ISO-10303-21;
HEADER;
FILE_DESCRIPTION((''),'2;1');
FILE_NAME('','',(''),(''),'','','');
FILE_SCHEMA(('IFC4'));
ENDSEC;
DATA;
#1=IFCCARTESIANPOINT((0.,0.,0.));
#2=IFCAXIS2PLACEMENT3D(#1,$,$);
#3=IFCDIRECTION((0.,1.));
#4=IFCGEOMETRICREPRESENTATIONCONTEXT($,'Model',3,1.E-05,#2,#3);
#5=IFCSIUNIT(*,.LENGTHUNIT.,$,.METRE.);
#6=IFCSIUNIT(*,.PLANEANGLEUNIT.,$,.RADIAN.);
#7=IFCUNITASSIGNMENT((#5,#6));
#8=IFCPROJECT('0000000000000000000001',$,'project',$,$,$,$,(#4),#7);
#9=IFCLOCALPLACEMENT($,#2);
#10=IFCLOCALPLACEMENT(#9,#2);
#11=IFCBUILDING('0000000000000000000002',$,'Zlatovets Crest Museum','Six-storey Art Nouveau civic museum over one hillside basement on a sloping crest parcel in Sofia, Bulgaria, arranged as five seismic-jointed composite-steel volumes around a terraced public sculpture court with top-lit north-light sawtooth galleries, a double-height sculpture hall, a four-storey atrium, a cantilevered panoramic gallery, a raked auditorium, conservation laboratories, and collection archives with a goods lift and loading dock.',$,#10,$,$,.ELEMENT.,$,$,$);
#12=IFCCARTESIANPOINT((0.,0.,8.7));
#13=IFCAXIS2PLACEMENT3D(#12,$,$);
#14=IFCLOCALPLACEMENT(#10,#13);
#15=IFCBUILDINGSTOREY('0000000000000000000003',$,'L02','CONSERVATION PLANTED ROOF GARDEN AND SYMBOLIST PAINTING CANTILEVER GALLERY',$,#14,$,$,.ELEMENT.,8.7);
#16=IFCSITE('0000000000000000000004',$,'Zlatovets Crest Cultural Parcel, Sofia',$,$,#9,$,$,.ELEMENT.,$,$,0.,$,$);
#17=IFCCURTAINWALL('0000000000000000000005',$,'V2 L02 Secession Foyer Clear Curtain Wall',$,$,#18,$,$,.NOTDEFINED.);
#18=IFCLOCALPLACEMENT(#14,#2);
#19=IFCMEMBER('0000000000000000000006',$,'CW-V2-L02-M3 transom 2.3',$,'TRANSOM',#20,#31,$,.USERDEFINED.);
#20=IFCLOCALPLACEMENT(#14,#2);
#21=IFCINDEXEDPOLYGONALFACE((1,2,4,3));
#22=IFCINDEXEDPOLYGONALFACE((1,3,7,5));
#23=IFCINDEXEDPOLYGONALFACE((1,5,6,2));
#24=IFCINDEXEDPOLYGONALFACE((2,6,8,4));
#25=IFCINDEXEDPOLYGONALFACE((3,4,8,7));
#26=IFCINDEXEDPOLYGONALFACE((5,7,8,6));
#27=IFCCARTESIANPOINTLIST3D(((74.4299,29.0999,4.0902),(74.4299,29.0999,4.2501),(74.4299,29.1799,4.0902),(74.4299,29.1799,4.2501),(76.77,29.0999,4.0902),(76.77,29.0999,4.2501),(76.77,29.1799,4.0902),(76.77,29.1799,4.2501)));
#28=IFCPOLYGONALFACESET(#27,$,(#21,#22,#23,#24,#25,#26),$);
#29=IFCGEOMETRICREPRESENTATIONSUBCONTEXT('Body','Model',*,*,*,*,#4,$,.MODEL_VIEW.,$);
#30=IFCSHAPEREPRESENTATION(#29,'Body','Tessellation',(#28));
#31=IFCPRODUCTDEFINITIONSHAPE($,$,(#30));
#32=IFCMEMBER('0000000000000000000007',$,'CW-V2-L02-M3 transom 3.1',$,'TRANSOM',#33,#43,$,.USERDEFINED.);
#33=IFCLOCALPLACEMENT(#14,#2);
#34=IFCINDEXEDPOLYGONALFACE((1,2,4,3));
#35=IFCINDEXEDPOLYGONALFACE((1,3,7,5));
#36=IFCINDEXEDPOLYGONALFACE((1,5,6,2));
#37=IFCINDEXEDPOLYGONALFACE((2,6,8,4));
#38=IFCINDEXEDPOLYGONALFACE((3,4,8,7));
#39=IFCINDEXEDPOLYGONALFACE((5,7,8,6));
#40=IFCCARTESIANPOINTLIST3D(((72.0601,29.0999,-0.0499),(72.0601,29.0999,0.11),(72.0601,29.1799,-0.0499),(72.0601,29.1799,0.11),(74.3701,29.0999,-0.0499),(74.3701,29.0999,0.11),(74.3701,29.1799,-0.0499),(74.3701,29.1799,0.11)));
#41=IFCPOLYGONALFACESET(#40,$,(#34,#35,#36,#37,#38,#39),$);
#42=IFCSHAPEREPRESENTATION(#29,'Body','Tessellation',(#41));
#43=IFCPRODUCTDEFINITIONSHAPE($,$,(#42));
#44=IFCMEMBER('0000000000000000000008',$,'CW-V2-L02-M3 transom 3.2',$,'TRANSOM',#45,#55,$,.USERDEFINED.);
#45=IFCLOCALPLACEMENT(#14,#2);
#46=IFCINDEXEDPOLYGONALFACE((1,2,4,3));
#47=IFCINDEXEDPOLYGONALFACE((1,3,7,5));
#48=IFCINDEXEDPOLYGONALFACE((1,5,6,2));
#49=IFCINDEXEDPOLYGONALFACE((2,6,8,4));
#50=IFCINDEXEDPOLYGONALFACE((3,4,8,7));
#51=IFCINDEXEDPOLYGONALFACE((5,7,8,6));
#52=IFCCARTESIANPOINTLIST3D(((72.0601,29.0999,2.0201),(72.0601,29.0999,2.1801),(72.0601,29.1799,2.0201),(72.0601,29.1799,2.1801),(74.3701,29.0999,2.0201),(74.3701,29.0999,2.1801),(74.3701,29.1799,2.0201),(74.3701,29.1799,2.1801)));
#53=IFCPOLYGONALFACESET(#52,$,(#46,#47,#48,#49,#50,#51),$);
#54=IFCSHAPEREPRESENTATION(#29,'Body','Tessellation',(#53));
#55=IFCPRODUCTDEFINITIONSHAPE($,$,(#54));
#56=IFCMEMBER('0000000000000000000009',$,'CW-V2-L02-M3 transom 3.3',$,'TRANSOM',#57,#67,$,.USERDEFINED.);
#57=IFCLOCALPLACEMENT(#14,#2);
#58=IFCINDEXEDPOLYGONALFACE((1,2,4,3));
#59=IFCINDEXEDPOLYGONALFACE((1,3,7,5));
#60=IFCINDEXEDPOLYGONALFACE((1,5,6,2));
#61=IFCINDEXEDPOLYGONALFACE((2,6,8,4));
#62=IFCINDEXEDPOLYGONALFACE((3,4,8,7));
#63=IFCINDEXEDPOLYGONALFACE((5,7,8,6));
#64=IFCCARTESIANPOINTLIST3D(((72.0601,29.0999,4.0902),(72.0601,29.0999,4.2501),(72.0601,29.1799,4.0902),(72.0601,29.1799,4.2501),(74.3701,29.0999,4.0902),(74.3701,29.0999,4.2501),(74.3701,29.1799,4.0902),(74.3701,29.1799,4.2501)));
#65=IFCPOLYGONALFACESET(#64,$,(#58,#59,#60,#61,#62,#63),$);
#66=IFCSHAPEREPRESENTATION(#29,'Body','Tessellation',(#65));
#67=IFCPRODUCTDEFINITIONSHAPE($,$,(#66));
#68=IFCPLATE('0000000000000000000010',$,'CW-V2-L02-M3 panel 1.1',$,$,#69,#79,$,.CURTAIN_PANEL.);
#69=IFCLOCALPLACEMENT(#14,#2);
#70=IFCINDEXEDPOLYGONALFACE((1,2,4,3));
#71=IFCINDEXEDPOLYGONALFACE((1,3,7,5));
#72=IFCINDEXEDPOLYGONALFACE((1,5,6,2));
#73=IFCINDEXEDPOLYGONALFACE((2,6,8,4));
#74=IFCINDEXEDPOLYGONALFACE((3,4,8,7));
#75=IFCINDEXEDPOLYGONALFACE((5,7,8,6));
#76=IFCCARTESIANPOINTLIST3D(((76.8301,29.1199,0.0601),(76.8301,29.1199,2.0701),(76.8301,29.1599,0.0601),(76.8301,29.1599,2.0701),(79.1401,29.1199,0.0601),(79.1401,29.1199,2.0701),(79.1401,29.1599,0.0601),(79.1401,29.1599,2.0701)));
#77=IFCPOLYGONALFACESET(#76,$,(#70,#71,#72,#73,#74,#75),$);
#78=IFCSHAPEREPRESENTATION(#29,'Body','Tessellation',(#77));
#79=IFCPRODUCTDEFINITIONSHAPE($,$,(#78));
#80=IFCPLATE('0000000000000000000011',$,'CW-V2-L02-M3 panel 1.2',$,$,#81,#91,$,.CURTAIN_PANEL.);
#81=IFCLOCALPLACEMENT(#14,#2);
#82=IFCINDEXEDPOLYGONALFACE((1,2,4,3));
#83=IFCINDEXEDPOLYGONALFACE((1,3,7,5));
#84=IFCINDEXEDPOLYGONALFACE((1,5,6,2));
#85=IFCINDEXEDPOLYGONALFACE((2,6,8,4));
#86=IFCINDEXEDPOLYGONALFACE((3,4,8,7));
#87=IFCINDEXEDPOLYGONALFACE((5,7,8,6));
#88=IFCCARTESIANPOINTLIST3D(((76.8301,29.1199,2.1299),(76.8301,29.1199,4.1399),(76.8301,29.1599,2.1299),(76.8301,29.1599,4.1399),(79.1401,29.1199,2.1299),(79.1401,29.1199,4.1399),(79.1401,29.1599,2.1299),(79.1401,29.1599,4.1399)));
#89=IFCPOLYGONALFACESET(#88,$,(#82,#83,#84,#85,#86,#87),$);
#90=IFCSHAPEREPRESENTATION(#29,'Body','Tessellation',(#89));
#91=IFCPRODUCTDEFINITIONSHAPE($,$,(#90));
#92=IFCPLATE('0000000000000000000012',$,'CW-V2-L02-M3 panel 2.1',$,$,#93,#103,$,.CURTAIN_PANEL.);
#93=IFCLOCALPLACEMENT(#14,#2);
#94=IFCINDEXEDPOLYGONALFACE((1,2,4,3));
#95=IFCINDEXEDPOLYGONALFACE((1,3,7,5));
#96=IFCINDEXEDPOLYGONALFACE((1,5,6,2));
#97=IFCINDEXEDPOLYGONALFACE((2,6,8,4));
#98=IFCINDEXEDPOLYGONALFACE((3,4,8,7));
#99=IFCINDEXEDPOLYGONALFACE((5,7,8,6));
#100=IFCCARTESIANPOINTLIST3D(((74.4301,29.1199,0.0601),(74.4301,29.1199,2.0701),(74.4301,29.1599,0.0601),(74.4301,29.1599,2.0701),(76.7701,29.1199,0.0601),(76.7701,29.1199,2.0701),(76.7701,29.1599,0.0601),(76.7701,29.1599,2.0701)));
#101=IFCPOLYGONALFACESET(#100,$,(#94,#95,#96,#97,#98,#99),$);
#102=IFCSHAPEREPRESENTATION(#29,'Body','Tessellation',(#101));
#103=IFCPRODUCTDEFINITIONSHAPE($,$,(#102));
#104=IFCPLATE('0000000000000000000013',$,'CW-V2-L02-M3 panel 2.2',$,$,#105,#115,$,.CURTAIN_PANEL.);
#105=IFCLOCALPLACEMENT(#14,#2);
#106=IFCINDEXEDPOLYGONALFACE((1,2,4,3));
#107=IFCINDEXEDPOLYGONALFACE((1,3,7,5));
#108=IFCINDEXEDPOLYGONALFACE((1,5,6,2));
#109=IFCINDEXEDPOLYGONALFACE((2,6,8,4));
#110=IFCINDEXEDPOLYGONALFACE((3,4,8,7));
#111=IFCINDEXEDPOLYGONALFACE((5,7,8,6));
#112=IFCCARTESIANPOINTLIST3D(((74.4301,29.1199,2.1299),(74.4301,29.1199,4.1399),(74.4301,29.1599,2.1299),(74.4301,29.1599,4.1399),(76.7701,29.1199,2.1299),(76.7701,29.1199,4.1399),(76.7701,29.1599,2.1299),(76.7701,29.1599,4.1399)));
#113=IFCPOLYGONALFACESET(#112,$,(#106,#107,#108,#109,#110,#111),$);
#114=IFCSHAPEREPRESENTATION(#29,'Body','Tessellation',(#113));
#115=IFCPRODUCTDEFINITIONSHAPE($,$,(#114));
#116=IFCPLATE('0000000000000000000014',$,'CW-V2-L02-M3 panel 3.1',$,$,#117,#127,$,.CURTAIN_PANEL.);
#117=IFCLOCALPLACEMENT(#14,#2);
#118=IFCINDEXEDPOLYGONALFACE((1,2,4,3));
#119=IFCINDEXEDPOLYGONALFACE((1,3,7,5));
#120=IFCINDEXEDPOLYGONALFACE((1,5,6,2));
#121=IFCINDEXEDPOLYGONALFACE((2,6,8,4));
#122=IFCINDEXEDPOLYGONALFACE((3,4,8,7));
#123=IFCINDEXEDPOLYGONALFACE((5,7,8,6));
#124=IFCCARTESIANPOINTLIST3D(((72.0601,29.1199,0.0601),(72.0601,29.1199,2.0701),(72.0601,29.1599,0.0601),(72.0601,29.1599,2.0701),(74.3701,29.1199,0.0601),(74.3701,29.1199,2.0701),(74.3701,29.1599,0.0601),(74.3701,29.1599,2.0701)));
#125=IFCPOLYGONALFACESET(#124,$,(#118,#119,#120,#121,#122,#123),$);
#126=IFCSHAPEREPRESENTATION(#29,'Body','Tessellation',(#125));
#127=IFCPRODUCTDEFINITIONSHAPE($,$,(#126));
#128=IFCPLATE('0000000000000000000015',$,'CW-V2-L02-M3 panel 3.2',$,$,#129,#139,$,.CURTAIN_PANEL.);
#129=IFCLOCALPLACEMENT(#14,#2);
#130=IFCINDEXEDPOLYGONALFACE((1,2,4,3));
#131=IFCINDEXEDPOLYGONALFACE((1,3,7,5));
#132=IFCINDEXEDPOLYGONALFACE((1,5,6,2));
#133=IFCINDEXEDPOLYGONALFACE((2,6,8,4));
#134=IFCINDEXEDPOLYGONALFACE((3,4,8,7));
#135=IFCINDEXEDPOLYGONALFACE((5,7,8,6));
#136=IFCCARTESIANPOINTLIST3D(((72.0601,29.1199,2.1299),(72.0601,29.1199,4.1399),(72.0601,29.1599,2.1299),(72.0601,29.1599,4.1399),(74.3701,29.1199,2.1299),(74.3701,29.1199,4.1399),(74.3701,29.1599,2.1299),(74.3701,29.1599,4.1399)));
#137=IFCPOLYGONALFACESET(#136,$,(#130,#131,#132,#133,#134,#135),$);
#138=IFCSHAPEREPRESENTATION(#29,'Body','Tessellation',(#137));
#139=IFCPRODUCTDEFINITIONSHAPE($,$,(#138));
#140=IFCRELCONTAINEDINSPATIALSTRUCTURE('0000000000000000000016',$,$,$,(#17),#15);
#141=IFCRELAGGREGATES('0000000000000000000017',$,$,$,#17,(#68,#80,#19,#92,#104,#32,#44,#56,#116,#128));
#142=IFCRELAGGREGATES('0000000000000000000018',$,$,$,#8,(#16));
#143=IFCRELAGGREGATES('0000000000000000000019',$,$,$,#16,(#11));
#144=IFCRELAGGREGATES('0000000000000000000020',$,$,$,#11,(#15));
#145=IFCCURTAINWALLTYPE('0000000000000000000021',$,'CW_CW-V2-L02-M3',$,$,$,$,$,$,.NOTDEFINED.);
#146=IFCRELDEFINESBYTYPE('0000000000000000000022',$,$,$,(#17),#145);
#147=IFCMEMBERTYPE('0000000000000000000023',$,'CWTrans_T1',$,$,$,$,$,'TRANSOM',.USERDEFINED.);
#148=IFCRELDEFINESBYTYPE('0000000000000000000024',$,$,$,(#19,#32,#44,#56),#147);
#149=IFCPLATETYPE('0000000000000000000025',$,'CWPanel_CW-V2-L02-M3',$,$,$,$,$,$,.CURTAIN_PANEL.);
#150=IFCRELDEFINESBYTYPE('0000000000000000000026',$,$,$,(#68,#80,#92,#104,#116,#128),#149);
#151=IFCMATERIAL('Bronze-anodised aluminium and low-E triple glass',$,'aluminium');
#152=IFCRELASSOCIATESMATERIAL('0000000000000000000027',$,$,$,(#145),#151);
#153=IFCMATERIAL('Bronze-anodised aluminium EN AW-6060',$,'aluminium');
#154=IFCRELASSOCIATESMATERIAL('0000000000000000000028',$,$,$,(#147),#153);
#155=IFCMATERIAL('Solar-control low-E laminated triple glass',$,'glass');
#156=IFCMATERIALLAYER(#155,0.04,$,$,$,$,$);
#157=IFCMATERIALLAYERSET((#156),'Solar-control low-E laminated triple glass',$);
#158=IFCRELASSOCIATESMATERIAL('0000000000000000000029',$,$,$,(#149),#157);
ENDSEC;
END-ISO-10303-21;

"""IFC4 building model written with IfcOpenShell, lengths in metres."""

from ifc_helpers import new_model, si_unit, direction, frame, origin, origin_2d, place, context, subcontext, project, spatial, rectangle, extrude, material, layer, layer_set, material_profile, profile_set, type_object, element, aggregate, save


model = new_model("IFC4")

# Units and contexts
model_context = context("Model", 3, precision=1e-05, world=origin(), true_north=direction((0.0, 1.0)))
body_context = subcontext(model_context, "Body", "Model", "MODEL_VIEW")
ifc_project = project(units=[si_unit("LENGTHUNIT", "METRE"), si_unit("PLANEANGLEUNIT", "RADIAN")], contexts=[model_context])

# Site, building, storey
site_placement = place(None, origin())
site = spatial("IfcSite", under=ifc_project, at=site_placement, Name="Zlatovets Crest Cultural Parcel, Sofia", CompositionType="ELEMENT", RefElevation=0.0)
building_placement = place(site_placement, origin())
building = spatial("IfcBuilding", under=site, at=building_placement, Name="Zlatovets Crest Museum", Description="Six-storey Art Nouveau civic museum over one hillside basement on a sloping crest parcel in Sofia, Bulgaria, arranged as five seismic-jointed composite-steel volumes around a terraced public sculpture court with top-lit north-light sawtooth galleries, a double-height sculpture hall, a four-storey atrium, a cantilevered panoramic gallery, a raked auditorium, conservation laboratories, and collection archives with a goods lift and loading dock.", CompositionType="ELEMENT")
storey_placement = place(building_placement, frame((0.0, 0.0, 8.7)))
storey = spatial("IfcBuildingStorey", under=building, at=storey_placement, Name="L02", Description="CONSERVATION PLANTED ROOF GARDEN AND SYMBOLIST PAINTING CANTILEVER GALLERY", CompositionType="ELEMENT", Elevation=8.7)

# Curtain wall, members, plates
ifc_material_1 = material(Name="Bronze-anodised aluminium and low-E triple glass", Category="aluminium")
curtain_wall_type = type_object("IfcCurtainWallType", Name="CW_CW-V2-L02-M3", PredefinedType="NOTDEFINED", material=ifc_material_1)
curtain_wall_placement = place(storey_placement, origin())
curtain_wall = element("IfcCurtainWall", 1, at=curtain_wall_placement, inside=storey, type_object=curtain_wall_type, Name="V2 L02 Secession Foyer Clear Curtain Wall", PredefinedType="NOTDEFINED")
ifc_material_2 = material(Name="Bronze-anodised aluminium EN AW-6060", Category="aluminium")
ifc_material_profile_1 = material_profile(ifc_material_2, rectangle(XDim=0.0801, YDim=0.1599, at=origin_2d()), Name="ALU 80x160")
ifc_profile_set_1 = profile_set([ifc_material_profile_1], Name="Bronze-anodised aluminium EN AW-6060")
member_type_1 = type_object("IfcMemberType", Name="CWTrans_T1", ElementType="TRANSOM", PredefinedType="USERDEFINED", material=ifc_profile_set_1)
member_1_placement = place(storey_placement, frame((76.77, 29.1399, 4.1702), z_axis=(-1.0, 0.0, 0.0), x_axis=(0.0, -1.0, 0.0)))
member_1 = element("IfcMember", 2, at=member_1_placement, type_object=member_type_1, Name="CW-V2-L02-M3 transom 2.3", ObjectType="TRANSOM", PredefinedType="USERDEFINED", context=body_context, shape_type="SweptSolid", body=[
    extrude(rectangle(XDim=0.0801, YDim=0.1599, at=origin_2d()), origin(), (0.0, 0.0, 1.0), 2.3401),
])
member_2_placement = place(storey_placement, frame((74.3701, 29.1399, 0.03), z_axis=(-1.0, 0.0, 0.0), x_axis=(0.0, -1.0, 0.0)))
member_2 = element("IfcMember", 3, at=member_2_placement, type_object=member_type_1, Name="CW-V2-L02-M3 transom 3.1", ObjectType="TRANSOM", PredefinedType="USERDEFINED", context=body_context, shape_type="SweptSolid", body=[
    extrude(rectangle(XDim=0.0801, YDim=0.1599, at=origin_2d()), origin(), (0.0, 0.0, 1.0), 2.3101),
])
member_3_placement = place(storey_placement, frame((74.3701, 29.1399, 2.1001), z_axis=(-1.0, 0.0, 0.0), x_axis=(0.0, -1.0, 0.0)))
member_3 = element("IfcMember", 4, at=member_3_placement, type_object=member_type_1, Name="CW-V2-L02-M3 transom 3.2", ObjectType="TRANSOM", PredefinedType="USERDEFINED", context=body_context, shape_type="SweptSolid", body=[
    extrude(rectangle(XDim=0.0801, YDim=0.1599, at=origin_2d()), origin(), (0.0, 0.0, 1.0), 2.3101),
])
member_4_placement = place(storey_placement, frame((74.3701, 29.1399, 4.1702), z_axis=(-1.0, 0.0, 0.0), x_axis=(0.0, -1.0, 0.0)))
member_4 = element("IfcMember", 5, at=member_4_placement, type_object=member_type_1, Name="CW-V2-L02-M3 transom 3.3", ObjectType="TRANSOM", PredefinedType="USERDEFINED", context=body_context, shape_type="SweptSolid", body=[
    extrude(rectangle(XDim=0.0801, YDim=0.1599, at=origin_2d()), origin(), (0.0, 0.0, 1.0), 2.3101),
])
ifc_material_3 = material(Name="Solar-control low-E laminated triple glass", Category="glass")
ifc_layer = layer(ifc_material_3, 0.04)
ifc_layer_set = layer_set([ifc_layer], Name="Solar-control low-E laminated triple glass")
plate_type = type_object("IfcPlateType", Name="CWPanel_CW-V2-L02-M3", PredefinedType="CURTAIN_PANEL", material=ifc_layer_set)
plate_1_placement = place(storey_placement, frame((77.9851, 29.1399, 0.0601), z_axis=(0.0, 0.0, 1.0), x_axis=(-1.0, 0.0, 0.0)))
plate_1 = element("IfcPlate", 6, at=plate_1_placement, type_object=plate_type, Name="CW-V2-L02-M3 panel 1.1", PredefinedType="CURTAIN_PANEL", context=body_context, shape_type="SweptSolid", body=[
    extrude(rectangle(XDim=2.3101, YDim=0.04, at=origin_2d()), origin(), (0.0, 0.0, 1.0), 2.01),
])
plate_2_placement = place(storey_placement, frame((77.9851, 29.1399, 2.1299), z_axis=(0.0, 0.0, 1.0), x_axis=(-1.0, 0.0, 0.0)))
plate_2 = element("IfcPlate", 7, at=plate_2_placement, type_object=plate_type, Name="CW-V2-L02-M3 panel 1.2", PredefinedType="CURTAIN_PANEL", context=body_context, shape_type="SweptSolid", body=[
    extrude(rectangle(XDim=2.3101, YDim=0.04, at=origin_2d()), origin(), (0.0, 0.0, 1.0), 2.01),
])
plate_3_placement = place(storey_placement, frame((75.6001, 29.1399, 0.0601), z_axis=(0.0, 0.0, 1.0), x_axis=(-1.0, 0.0, 0.0)))
plate_3 = element("IfcPlate", 8, at=plate_3_placement, type_object=plate_type, Name="CW-V2-L02-M3 panel 2.1", PredefinedType="CURTAIN_PANEL", context=body_context, shape_type="SweptSolid", body=[
    extrude(rectangle(XDim=2.3401, YDim=0.04, at=origin_2d()), origin(), (0.0, 0.0, 1.0), 2.01),
])
plate_4_placement = place(storey_placement, frame((75.6001, 29.1399, 2.1299), z_axis=(0.0, 0.0, 1.0), x_axis=(-1.0, 0.0, 0.0)))
plate_4 = element("IfcPlate", 9, at=plate_4_placement, type_object=plate_type, Name="CW-V2-L02-M3 panel 2.2", PredefinedType="CURTAIN_PANEL", context=body_context, shape_type="SweptSolid", body=[
    extrude(rectangle(XDim=2.3401, YDim=0.04, at=origin_2d()), origin(), (0.0, 0.0, 1.0), 2.01),
])
plate_5_placement = place(storey_placement, frame((73.2151, 29.1399, 0.0601), z_axis=(0.0, 0.0, 1.0), x_axis=(-1.0, 0.0, 0.0)))
plate_5 = element("IfcPlate", 10, at=plate_5_placement, type_object=plate_type, Name="CW-V2-L02-M3 panel 3.1", PredefinedType="CURTAIN_PANEL", context=body_context, shape_type="SweptSolid", body=[
    extrude(rectangle(XDim=2.3101, YDim=0.04, at=origin_2d()), origin(), (0.0, 0.0, 1.0), 2.01),
])
plate_6_placement = place(storey_placement, frame((73.2151, 29.1399, 2.1299), z_axis=(0.0, 0.0, 1.0), x_axis=(-1.0, 0.0, 0.0)))
plate_6 = element("IfcPlate", 11, at=plate_6_placement, type_object=plate_type, Name="CW-V2-L02-M3 panel 3.2", PredefinedType="CURTAIN_PANEL", context=body_context, shape_type="SweptSolid", body=[
    extrude(rectangle(XDim=2.3101, YDim=0.04, at=origin_2d()), origin(), (0.0, 0.0, 1.0), 2.01),
])
aggregate(curtain_wall, [plate_1, plate_2, member_1, plate_3, plate_4, member_2, member_3, member_4, plate_5, plate_6])

save(model, "model.ifc")
